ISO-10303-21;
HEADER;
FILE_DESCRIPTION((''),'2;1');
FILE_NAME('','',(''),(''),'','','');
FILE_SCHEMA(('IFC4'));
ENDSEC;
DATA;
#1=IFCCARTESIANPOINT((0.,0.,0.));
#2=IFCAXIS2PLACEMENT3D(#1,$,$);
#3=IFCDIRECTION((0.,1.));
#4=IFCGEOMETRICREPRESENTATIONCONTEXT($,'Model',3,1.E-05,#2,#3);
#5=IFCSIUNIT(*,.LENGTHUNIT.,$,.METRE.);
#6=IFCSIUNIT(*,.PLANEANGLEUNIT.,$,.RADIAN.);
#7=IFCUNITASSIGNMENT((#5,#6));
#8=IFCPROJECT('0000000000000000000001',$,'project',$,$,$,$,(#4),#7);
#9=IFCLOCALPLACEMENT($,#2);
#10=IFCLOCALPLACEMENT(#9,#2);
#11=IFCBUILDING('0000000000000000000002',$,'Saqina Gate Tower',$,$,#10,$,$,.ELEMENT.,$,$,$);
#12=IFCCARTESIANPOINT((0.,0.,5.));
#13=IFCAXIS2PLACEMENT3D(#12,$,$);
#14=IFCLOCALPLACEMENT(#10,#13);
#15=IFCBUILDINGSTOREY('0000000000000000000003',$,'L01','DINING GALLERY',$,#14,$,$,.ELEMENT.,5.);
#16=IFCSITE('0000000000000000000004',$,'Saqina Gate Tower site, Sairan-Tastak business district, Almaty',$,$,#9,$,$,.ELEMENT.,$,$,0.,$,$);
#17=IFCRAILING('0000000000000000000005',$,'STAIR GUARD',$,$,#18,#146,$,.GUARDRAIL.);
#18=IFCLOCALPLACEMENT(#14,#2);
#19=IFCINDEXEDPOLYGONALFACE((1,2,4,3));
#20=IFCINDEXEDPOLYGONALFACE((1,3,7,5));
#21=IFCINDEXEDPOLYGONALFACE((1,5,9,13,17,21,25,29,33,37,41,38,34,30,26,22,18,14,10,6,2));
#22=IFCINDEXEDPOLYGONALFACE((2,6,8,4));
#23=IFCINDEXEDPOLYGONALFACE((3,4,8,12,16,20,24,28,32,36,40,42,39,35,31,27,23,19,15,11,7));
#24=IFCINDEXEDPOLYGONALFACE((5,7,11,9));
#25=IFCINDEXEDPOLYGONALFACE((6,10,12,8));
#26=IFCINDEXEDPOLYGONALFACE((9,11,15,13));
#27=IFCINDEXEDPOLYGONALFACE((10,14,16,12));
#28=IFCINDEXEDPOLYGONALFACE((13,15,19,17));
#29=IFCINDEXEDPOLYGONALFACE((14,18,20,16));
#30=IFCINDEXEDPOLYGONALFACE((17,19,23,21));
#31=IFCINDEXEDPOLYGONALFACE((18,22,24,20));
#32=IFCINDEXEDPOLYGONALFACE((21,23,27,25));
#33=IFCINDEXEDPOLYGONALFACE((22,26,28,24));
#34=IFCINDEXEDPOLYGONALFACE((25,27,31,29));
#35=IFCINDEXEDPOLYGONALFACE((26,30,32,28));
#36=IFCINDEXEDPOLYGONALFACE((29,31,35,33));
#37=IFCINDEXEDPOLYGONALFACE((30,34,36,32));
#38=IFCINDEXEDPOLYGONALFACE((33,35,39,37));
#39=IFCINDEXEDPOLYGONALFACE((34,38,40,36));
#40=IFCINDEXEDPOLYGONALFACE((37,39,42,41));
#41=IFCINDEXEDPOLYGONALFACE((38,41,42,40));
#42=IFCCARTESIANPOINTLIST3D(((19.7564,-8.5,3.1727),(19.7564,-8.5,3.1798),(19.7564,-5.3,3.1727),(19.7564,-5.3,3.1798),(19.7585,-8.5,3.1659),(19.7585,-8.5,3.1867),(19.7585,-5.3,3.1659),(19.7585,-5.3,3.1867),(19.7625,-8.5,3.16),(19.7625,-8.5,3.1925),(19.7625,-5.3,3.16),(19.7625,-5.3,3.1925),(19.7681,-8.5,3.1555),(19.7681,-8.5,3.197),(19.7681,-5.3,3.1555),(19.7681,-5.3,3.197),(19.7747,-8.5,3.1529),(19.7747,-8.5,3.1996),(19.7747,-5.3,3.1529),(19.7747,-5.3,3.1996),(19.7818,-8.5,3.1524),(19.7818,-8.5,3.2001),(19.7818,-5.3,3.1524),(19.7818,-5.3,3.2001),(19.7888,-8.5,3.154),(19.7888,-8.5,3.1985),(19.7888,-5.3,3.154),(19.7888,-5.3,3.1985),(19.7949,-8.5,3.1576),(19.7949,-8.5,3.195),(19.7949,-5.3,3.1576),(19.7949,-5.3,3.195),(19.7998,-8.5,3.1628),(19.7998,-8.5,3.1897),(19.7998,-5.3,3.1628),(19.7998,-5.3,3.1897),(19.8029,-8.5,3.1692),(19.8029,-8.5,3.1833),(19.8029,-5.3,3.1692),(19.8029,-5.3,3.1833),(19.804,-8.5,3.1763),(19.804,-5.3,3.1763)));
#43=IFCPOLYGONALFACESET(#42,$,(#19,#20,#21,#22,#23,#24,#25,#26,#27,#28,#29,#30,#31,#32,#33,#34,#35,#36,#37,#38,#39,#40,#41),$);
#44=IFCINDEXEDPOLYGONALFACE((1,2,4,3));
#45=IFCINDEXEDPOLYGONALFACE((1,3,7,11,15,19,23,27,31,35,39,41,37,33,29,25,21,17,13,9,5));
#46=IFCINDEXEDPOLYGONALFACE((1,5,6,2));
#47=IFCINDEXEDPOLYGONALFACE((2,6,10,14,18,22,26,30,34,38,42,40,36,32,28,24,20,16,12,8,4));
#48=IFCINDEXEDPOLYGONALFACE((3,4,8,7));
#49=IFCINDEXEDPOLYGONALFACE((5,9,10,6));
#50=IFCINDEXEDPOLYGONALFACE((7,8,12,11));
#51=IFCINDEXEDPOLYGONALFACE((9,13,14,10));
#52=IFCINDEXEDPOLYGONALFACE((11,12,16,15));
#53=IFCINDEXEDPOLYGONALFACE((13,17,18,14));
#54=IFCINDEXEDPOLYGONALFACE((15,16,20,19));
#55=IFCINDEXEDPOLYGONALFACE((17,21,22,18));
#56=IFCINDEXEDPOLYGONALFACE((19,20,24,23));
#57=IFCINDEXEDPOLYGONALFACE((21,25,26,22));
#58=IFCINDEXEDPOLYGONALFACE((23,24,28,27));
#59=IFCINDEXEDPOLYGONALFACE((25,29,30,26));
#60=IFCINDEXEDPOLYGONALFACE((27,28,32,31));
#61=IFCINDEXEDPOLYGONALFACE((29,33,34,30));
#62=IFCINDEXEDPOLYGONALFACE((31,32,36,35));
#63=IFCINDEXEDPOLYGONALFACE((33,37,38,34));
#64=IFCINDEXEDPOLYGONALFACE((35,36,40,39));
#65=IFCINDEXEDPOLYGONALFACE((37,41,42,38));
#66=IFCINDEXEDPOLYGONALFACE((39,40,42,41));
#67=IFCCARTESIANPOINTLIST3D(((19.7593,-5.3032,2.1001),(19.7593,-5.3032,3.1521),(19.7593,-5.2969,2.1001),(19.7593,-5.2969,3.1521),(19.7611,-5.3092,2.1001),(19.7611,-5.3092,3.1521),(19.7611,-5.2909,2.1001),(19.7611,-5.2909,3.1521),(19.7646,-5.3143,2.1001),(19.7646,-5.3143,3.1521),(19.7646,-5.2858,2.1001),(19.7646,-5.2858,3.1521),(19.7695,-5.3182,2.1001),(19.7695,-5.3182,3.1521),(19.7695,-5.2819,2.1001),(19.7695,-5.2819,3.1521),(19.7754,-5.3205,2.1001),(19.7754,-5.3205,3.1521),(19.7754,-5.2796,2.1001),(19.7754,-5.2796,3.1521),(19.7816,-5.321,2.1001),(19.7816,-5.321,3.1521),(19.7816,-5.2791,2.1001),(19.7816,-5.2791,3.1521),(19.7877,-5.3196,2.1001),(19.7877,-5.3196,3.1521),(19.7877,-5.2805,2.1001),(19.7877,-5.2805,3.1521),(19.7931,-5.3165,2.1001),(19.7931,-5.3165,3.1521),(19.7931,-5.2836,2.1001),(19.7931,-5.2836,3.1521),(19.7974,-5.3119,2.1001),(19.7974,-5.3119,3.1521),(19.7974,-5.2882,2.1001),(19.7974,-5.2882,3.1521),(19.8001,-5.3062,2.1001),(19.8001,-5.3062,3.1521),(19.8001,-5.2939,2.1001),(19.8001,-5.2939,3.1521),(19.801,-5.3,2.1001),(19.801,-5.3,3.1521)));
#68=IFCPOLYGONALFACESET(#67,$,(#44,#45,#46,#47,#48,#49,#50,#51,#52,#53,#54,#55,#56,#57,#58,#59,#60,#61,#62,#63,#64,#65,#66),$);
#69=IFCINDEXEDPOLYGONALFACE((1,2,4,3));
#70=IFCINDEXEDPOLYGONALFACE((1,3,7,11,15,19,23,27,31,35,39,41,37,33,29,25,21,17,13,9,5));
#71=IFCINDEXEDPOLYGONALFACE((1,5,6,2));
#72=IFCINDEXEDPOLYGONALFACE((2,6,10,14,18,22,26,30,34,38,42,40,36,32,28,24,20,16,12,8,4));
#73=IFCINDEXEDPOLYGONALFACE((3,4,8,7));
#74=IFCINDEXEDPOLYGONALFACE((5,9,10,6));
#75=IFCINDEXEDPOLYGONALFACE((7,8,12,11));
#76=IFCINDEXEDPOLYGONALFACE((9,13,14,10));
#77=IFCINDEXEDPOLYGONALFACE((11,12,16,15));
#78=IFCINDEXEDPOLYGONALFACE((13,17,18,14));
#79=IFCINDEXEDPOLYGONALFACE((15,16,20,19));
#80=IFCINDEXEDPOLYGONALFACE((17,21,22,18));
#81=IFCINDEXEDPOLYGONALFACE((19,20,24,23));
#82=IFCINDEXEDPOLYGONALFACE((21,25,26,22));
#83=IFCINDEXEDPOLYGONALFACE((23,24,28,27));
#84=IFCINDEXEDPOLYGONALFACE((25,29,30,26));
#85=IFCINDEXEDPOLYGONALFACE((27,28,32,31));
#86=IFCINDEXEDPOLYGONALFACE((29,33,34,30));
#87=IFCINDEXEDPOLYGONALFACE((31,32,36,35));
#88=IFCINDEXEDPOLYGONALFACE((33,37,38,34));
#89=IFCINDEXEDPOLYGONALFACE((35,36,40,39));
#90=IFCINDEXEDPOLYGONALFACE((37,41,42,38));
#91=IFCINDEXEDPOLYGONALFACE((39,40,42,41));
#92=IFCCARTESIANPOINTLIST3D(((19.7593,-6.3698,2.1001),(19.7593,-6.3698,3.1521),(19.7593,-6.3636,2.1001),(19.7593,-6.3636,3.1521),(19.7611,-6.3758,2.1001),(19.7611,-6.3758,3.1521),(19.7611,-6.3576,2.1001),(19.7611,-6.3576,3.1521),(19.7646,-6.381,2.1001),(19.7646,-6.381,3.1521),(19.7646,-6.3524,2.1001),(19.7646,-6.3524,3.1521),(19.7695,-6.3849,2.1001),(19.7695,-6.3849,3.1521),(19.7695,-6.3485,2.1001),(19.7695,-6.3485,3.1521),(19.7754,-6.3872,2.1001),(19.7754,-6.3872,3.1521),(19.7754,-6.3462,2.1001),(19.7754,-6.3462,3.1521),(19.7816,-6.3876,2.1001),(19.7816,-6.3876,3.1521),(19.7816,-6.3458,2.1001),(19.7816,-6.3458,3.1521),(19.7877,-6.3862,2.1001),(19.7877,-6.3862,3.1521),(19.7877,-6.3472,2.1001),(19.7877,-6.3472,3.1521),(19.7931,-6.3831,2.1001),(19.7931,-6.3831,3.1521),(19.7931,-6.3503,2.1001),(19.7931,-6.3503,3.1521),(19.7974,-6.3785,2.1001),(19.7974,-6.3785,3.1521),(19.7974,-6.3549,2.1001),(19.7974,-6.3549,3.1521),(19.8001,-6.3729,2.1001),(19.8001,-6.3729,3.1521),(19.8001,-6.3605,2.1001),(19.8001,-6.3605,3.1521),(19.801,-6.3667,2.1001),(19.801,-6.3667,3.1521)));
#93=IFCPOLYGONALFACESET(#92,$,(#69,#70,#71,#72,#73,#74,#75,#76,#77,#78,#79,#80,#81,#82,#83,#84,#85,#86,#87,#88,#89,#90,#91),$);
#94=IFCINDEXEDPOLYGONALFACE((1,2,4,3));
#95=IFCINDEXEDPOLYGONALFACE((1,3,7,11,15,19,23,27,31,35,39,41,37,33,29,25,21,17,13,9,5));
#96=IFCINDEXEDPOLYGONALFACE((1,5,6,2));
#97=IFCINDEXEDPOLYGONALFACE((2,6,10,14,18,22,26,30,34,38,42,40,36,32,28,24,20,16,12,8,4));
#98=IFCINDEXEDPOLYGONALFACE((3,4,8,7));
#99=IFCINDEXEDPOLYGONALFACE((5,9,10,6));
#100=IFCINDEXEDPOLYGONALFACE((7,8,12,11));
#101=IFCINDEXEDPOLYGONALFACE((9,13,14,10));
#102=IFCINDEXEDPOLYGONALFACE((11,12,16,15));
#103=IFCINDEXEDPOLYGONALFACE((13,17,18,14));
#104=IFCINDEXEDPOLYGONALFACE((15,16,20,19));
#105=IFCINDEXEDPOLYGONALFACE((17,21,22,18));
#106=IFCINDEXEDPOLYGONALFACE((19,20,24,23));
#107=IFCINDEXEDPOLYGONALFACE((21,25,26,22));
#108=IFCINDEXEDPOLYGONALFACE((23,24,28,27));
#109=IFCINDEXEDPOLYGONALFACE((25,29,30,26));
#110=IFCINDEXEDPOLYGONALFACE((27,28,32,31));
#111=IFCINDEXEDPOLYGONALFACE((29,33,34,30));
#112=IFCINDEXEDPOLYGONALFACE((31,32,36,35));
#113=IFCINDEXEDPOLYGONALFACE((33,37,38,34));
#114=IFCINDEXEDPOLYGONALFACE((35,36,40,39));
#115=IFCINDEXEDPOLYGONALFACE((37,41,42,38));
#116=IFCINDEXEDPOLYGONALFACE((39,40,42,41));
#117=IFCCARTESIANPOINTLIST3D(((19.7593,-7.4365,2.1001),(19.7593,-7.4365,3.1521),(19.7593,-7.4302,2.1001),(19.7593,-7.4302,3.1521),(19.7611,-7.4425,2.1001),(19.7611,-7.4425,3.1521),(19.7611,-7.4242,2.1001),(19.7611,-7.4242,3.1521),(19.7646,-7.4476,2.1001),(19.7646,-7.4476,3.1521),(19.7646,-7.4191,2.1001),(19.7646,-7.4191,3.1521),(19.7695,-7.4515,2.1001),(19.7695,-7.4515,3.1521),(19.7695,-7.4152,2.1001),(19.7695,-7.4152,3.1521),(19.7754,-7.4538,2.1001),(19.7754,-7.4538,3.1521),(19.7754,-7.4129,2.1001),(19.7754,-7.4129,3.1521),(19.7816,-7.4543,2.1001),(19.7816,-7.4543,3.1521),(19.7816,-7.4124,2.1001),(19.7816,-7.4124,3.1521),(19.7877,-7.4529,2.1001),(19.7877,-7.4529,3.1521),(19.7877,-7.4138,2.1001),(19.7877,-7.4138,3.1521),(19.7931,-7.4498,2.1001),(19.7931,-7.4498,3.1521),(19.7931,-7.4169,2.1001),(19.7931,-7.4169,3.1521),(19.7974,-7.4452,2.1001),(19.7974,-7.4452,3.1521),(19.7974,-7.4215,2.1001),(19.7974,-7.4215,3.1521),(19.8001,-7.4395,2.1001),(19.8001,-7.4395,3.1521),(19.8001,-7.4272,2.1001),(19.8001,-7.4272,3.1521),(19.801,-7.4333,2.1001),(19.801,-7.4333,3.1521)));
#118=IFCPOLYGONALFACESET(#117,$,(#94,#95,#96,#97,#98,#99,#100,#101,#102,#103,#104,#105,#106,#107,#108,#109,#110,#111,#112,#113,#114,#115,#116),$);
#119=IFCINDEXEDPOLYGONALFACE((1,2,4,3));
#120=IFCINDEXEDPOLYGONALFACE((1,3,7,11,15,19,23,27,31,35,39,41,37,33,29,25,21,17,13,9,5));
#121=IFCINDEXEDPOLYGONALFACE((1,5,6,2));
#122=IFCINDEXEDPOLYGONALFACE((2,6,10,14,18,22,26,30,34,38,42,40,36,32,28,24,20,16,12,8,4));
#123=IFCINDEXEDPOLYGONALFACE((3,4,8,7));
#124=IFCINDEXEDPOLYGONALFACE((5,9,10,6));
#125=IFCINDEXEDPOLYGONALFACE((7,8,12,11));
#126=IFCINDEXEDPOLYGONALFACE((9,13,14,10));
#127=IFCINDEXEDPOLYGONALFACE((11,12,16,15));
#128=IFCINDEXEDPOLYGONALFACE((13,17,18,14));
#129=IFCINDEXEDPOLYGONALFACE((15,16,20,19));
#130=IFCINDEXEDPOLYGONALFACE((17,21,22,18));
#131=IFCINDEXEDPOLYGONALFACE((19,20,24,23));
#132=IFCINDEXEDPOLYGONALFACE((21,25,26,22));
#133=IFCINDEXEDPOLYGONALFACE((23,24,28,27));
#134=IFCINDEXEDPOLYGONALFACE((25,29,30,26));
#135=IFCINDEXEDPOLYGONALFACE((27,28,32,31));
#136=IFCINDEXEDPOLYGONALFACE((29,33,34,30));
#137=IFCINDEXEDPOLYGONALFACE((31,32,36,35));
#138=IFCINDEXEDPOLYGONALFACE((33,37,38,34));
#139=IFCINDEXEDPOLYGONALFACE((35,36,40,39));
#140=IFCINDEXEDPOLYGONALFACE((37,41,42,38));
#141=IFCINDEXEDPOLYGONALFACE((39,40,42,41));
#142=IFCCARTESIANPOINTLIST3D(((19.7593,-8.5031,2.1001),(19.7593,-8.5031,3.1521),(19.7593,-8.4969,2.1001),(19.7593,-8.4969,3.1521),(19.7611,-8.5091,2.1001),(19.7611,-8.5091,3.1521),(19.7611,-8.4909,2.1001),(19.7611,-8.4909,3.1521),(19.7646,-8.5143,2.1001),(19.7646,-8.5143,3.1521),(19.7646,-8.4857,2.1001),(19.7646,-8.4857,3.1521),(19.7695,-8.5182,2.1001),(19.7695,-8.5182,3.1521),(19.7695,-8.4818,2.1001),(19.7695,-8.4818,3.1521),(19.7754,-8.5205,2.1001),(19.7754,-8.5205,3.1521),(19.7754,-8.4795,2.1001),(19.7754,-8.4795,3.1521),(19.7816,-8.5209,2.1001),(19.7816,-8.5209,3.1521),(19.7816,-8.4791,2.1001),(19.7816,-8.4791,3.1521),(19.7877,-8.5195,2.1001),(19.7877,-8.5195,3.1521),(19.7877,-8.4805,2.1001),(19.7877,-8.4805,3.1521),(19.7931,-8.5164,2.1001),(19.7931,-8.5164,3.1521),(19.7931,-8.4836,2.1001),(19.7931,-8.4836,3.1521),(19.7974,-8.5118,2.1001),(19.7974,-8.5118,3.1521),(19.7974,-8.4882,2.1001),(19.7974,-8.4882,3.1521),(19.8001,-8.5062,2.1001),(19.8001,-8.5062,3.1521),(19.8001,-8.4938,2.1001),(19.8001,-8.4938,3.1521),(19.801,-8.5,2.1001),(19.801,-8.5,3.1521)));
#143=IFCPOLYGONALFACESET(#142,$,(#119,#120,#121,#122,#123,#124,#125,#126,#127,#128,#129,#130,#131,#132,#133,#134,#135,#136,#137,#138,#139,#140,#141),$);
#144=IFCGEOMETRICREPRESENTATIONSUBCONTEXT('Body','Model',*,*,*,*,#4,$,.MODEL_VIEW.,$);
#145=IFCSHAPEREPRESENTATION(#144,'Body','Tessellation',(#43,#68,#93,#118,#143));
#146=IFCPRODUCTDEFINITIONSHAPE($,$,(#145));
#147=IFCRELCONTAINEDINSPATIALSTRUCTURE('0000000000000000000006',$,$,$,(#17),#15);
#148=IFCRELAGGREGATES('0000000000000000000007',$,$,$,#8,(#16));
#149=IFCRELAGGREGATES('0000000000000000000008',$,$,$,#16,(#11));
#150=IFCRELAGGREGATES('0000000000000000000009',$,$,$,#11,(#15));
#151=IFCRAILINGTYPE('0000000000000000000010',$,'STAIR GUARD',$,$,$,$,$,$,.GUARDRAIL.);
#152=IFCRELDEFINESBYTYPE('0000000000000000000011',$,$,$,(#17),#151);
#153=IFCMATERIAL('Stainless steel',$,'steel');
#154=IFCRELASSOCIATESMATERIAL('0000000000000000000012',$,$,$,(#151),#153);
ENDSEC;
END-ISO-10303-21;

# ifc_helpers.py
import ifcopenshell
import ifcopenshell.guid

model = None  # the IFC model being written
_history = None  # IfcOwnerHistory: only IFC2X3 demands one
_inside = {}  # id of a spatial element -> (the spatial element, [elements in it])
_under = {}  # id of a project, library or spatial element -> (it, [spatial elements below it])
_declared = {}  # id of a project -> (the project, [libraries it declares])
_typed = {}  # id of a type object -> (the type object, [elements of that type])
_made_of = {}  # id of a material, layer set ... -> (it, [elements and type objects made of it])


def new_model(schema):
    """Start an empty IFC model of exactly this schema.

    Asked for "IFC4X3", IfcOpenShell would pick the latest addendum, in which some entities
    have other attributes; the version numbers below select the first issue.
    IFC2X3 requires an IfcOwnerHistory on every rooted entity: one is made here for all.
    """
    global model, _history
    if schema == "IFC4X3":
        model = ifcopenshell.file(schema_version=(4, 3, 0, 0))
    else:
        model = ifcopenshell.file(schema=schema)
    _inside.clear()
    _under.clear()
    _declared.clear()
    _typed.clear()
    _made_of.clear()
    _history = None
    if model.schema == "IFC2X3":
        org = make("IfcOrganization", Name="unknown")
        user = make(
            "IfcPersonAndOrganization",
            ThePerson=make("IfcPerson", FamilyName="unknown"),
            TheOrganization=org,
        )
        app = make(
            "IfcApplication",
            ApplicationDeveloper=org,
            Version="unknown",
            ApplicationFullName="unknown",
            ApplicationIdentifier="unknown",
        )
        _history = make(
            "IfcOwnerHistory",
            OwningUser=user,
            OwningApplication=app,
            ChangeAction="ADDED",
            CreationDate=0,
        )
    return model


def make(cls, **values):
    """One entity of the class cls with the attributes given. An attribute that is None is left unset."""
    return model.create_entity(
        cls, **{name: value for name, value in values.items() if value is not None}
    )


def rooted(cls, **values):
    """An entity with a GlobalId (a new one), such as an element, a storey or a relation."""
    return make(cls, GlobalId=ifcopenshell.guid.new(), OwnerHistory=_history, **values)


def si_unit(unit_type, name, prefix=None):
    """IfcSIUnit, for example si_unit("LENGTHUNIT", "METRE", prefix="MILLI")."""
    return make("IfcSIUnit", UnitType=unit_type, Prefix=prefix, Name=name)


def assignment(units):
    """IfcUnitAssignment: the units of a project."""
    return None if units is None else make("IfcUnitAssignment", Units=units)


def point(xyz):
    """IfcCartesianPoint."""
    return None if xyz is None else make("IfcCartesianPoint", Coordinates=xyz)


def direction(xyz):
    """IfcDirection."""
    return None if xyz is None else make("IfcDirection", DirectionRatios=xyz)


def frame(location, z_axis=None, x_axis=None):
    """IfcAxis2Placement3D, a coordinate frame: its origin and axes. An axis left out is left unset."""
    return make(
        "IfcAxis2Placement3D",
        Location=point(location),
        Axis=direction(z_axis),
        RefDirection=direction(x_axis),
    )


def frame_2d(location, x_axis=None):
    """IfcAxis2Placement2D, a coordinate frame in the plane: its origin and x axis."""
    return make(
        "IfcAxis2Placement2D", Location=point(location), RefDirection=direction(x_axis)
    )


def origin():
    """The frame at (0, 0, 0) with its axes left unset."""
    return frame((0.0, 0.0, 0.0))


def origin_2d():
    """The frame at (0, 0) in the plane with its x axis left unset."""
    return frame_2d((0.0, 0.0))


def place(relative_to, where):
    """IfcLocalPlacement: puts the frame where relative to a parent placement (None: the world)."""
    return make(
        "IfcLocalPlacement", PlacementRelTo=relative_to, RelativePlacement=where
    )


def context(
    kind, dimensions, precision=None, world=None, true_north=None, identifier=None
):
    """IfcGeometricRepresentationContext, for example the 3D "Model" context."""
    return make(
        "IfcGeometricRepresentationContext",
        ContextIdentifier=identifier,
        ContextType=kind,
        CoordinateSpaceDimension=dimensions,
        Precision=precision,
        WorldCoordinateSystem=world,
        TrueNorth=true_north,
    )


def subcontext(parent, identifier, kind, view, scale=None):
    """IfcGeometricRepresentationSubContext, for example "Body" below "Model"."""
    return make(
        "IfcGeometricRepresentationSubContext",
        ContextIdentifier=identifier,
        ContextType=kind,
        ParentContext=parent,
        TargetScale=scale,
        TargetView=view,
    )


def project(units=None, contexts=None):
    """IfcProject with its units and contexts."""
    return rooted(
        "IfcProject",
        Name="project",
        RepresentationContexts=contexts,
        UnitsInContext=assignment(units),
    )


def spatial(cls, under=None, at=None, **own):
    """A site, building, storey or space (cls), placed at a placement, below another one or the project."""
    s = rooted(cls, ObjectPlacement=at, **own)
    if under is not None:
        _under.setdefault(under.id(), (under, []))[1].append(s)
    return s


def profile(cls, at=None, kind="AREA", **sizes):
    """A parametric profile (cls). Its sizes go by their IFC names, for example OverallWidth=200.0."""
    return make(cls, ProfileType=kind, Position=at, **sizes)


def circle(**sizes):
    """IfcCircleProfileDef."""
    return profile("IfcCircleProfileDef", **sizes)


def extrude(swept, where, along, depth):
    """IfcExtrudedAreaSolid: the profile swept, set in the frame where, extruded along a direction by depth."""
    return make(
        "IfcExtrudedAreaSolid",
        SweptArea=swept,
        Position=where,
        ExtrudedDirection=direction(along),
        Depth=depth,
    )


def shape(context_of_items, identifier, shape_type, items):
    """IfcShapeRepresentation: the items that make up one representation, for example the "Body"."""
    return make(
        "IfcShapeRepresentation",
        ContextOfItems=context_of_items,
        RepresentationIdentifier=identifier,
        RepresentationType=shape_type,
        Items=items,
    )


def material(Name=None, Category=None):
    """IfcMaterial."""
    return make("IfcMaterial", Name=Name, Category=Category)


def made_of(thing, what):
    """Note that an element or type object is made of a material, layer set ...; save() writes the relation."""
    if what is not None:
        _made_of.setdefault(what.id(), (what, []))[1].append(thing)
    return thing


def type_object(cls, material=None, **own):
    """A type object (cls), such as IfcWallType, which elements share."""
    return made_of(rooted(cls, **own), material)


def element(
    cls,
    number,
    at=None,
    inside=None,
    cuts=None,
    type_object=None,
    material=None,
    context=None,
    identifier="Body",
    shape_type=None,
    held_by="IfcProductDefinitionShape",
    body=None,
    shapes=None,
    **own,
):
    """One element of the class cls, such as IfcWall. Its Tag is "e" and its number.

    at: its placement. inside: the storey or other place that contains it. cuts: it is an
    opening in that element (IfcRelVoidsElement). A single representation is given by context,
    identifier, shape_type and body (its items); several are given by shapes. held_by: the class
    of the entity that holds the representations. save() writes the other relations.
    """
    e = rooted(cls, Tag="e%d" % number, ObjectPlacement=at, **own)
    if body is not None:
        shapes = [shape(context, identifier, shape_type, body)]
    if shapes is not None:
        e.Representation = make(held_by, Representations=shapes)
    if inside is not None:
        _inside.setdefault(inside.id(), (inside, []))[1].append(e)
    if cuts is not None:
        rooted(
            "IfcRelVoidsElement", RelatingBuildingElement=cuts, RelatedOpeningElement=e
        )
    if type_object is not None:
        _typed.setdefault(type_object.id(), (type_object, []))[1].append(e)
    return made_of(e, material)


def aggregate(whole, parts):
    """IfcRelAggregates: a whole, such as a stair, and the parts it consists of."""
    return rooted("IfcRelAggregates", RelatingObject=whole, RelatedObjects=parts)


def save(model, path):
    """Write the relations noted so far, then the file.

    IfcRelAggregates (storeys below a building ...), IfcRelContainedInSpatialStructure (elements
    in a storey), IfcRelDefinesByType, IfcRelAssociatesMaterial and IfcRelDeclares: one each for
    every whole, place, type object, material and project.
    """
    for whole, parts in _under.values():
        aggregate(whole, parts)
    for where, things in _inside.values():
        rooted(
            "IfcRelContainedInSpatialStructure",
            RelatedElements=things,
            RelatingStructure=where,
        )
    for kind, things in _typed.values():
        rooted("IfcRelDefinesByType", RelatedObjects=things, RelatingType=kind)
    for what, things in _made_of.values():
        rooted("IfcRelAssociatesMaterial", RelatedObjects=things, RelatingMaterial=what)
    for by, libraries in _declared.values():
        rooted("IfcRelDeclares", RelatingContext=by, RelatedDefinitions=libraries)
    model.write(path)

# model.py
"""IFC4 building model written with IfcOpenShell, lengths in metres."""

from ifc_helpers import new_model, si_unit, direction, frame, origin, origin_2d, place, context, subcontext, project, spatial, circle, extrude, material, type_object, element, save


model = new_model("IFC4")

# Units and contexts
model_context = context("Model", 3, precision=1e-05, world=origin(), true_north=direction((0.0, 1.0)))
body_context = subcontext(model_context, "Body", "Model", "MODEL_VIEW")
ifc_project = project(units=[si_unit("LENGTHUNIT", "METRE"), si_unit("PLANEANGLEUNIT", "RADIAN")], contexts=[model_context])

# Site, building, storey
site_placement = place(None, origin())
site = spatial("IfcSite", under=ifc_project, at=site_placement, Name="Saqina Gate Tower site, Sairan-Tastak business district, Almaty", CompositionType="ELEMENT", RefElevation=0.0)
building_placement = place(site_placement, origin())
building = spatial("IfcBuilding", under=site, at=building_placement, Name="Saqina Gate Tower", CompositionType="ELEMENT")
storey_placement = place(building_placement, frame((0.0, 0.0, 5.0)))
storey = spatial("IfcBuildingStorey", under=building, at=storey_placement, Name="L01", Description="DINING GALLERY", CompositionType="ELEMENT", Elevation=5.0)

# Railing
ifc_material_1 = material(Name="Stainless steel", Category="steel")
railing_type_1 = type_object("IfcRailingType", Name="STAIR GUARD", PredefinedType="GUARDRAIL", material=ifc_material_1)
railing_1_placement = place(storey_placement, frame((19.78, -5.3, 2.1001)))
element("IfcRailing", 1, at=railing_1_placement, inside=storey, type_object=railing_type_1, Name="STAIR GUARD", PredefinedType="GUARDRAIL", context=body_context, shape_type="SweptSolid", body=[
    extrude(circle(Radius=0.0239, at=origin_2d()), frame((0.0, 0.0, 1.0762), z_axis=(0.0, -1.0, 0.0), x_axis=(1.0, 0.0, 0.0)), (0.0, 0.0, 1.0), 3.2),
    extrude(circle(Radius=0.021, at=origin_2d()), origin(), (0.0, 0.0, 1.0), 1.052),
    extrude(circle(Radius=0.021, at=origin_2d()), frame((0.0, -1.0667, 0.0)), (0.0, 0.0, 1.0), 1.052),
    extrude(circle(Radius=0.021, at=origin_2d()), frame((0.0, -2.1333, 0.0)), (0.0, 0.0, 1.0), 1.052),
    extrude(circle(Radius=0.021, at=origin_2d()), frame((0.0, -3.2, 0.0)), (0.0, 0.0, 1.0), 1.052),
])

save(model, "model.ifc")
